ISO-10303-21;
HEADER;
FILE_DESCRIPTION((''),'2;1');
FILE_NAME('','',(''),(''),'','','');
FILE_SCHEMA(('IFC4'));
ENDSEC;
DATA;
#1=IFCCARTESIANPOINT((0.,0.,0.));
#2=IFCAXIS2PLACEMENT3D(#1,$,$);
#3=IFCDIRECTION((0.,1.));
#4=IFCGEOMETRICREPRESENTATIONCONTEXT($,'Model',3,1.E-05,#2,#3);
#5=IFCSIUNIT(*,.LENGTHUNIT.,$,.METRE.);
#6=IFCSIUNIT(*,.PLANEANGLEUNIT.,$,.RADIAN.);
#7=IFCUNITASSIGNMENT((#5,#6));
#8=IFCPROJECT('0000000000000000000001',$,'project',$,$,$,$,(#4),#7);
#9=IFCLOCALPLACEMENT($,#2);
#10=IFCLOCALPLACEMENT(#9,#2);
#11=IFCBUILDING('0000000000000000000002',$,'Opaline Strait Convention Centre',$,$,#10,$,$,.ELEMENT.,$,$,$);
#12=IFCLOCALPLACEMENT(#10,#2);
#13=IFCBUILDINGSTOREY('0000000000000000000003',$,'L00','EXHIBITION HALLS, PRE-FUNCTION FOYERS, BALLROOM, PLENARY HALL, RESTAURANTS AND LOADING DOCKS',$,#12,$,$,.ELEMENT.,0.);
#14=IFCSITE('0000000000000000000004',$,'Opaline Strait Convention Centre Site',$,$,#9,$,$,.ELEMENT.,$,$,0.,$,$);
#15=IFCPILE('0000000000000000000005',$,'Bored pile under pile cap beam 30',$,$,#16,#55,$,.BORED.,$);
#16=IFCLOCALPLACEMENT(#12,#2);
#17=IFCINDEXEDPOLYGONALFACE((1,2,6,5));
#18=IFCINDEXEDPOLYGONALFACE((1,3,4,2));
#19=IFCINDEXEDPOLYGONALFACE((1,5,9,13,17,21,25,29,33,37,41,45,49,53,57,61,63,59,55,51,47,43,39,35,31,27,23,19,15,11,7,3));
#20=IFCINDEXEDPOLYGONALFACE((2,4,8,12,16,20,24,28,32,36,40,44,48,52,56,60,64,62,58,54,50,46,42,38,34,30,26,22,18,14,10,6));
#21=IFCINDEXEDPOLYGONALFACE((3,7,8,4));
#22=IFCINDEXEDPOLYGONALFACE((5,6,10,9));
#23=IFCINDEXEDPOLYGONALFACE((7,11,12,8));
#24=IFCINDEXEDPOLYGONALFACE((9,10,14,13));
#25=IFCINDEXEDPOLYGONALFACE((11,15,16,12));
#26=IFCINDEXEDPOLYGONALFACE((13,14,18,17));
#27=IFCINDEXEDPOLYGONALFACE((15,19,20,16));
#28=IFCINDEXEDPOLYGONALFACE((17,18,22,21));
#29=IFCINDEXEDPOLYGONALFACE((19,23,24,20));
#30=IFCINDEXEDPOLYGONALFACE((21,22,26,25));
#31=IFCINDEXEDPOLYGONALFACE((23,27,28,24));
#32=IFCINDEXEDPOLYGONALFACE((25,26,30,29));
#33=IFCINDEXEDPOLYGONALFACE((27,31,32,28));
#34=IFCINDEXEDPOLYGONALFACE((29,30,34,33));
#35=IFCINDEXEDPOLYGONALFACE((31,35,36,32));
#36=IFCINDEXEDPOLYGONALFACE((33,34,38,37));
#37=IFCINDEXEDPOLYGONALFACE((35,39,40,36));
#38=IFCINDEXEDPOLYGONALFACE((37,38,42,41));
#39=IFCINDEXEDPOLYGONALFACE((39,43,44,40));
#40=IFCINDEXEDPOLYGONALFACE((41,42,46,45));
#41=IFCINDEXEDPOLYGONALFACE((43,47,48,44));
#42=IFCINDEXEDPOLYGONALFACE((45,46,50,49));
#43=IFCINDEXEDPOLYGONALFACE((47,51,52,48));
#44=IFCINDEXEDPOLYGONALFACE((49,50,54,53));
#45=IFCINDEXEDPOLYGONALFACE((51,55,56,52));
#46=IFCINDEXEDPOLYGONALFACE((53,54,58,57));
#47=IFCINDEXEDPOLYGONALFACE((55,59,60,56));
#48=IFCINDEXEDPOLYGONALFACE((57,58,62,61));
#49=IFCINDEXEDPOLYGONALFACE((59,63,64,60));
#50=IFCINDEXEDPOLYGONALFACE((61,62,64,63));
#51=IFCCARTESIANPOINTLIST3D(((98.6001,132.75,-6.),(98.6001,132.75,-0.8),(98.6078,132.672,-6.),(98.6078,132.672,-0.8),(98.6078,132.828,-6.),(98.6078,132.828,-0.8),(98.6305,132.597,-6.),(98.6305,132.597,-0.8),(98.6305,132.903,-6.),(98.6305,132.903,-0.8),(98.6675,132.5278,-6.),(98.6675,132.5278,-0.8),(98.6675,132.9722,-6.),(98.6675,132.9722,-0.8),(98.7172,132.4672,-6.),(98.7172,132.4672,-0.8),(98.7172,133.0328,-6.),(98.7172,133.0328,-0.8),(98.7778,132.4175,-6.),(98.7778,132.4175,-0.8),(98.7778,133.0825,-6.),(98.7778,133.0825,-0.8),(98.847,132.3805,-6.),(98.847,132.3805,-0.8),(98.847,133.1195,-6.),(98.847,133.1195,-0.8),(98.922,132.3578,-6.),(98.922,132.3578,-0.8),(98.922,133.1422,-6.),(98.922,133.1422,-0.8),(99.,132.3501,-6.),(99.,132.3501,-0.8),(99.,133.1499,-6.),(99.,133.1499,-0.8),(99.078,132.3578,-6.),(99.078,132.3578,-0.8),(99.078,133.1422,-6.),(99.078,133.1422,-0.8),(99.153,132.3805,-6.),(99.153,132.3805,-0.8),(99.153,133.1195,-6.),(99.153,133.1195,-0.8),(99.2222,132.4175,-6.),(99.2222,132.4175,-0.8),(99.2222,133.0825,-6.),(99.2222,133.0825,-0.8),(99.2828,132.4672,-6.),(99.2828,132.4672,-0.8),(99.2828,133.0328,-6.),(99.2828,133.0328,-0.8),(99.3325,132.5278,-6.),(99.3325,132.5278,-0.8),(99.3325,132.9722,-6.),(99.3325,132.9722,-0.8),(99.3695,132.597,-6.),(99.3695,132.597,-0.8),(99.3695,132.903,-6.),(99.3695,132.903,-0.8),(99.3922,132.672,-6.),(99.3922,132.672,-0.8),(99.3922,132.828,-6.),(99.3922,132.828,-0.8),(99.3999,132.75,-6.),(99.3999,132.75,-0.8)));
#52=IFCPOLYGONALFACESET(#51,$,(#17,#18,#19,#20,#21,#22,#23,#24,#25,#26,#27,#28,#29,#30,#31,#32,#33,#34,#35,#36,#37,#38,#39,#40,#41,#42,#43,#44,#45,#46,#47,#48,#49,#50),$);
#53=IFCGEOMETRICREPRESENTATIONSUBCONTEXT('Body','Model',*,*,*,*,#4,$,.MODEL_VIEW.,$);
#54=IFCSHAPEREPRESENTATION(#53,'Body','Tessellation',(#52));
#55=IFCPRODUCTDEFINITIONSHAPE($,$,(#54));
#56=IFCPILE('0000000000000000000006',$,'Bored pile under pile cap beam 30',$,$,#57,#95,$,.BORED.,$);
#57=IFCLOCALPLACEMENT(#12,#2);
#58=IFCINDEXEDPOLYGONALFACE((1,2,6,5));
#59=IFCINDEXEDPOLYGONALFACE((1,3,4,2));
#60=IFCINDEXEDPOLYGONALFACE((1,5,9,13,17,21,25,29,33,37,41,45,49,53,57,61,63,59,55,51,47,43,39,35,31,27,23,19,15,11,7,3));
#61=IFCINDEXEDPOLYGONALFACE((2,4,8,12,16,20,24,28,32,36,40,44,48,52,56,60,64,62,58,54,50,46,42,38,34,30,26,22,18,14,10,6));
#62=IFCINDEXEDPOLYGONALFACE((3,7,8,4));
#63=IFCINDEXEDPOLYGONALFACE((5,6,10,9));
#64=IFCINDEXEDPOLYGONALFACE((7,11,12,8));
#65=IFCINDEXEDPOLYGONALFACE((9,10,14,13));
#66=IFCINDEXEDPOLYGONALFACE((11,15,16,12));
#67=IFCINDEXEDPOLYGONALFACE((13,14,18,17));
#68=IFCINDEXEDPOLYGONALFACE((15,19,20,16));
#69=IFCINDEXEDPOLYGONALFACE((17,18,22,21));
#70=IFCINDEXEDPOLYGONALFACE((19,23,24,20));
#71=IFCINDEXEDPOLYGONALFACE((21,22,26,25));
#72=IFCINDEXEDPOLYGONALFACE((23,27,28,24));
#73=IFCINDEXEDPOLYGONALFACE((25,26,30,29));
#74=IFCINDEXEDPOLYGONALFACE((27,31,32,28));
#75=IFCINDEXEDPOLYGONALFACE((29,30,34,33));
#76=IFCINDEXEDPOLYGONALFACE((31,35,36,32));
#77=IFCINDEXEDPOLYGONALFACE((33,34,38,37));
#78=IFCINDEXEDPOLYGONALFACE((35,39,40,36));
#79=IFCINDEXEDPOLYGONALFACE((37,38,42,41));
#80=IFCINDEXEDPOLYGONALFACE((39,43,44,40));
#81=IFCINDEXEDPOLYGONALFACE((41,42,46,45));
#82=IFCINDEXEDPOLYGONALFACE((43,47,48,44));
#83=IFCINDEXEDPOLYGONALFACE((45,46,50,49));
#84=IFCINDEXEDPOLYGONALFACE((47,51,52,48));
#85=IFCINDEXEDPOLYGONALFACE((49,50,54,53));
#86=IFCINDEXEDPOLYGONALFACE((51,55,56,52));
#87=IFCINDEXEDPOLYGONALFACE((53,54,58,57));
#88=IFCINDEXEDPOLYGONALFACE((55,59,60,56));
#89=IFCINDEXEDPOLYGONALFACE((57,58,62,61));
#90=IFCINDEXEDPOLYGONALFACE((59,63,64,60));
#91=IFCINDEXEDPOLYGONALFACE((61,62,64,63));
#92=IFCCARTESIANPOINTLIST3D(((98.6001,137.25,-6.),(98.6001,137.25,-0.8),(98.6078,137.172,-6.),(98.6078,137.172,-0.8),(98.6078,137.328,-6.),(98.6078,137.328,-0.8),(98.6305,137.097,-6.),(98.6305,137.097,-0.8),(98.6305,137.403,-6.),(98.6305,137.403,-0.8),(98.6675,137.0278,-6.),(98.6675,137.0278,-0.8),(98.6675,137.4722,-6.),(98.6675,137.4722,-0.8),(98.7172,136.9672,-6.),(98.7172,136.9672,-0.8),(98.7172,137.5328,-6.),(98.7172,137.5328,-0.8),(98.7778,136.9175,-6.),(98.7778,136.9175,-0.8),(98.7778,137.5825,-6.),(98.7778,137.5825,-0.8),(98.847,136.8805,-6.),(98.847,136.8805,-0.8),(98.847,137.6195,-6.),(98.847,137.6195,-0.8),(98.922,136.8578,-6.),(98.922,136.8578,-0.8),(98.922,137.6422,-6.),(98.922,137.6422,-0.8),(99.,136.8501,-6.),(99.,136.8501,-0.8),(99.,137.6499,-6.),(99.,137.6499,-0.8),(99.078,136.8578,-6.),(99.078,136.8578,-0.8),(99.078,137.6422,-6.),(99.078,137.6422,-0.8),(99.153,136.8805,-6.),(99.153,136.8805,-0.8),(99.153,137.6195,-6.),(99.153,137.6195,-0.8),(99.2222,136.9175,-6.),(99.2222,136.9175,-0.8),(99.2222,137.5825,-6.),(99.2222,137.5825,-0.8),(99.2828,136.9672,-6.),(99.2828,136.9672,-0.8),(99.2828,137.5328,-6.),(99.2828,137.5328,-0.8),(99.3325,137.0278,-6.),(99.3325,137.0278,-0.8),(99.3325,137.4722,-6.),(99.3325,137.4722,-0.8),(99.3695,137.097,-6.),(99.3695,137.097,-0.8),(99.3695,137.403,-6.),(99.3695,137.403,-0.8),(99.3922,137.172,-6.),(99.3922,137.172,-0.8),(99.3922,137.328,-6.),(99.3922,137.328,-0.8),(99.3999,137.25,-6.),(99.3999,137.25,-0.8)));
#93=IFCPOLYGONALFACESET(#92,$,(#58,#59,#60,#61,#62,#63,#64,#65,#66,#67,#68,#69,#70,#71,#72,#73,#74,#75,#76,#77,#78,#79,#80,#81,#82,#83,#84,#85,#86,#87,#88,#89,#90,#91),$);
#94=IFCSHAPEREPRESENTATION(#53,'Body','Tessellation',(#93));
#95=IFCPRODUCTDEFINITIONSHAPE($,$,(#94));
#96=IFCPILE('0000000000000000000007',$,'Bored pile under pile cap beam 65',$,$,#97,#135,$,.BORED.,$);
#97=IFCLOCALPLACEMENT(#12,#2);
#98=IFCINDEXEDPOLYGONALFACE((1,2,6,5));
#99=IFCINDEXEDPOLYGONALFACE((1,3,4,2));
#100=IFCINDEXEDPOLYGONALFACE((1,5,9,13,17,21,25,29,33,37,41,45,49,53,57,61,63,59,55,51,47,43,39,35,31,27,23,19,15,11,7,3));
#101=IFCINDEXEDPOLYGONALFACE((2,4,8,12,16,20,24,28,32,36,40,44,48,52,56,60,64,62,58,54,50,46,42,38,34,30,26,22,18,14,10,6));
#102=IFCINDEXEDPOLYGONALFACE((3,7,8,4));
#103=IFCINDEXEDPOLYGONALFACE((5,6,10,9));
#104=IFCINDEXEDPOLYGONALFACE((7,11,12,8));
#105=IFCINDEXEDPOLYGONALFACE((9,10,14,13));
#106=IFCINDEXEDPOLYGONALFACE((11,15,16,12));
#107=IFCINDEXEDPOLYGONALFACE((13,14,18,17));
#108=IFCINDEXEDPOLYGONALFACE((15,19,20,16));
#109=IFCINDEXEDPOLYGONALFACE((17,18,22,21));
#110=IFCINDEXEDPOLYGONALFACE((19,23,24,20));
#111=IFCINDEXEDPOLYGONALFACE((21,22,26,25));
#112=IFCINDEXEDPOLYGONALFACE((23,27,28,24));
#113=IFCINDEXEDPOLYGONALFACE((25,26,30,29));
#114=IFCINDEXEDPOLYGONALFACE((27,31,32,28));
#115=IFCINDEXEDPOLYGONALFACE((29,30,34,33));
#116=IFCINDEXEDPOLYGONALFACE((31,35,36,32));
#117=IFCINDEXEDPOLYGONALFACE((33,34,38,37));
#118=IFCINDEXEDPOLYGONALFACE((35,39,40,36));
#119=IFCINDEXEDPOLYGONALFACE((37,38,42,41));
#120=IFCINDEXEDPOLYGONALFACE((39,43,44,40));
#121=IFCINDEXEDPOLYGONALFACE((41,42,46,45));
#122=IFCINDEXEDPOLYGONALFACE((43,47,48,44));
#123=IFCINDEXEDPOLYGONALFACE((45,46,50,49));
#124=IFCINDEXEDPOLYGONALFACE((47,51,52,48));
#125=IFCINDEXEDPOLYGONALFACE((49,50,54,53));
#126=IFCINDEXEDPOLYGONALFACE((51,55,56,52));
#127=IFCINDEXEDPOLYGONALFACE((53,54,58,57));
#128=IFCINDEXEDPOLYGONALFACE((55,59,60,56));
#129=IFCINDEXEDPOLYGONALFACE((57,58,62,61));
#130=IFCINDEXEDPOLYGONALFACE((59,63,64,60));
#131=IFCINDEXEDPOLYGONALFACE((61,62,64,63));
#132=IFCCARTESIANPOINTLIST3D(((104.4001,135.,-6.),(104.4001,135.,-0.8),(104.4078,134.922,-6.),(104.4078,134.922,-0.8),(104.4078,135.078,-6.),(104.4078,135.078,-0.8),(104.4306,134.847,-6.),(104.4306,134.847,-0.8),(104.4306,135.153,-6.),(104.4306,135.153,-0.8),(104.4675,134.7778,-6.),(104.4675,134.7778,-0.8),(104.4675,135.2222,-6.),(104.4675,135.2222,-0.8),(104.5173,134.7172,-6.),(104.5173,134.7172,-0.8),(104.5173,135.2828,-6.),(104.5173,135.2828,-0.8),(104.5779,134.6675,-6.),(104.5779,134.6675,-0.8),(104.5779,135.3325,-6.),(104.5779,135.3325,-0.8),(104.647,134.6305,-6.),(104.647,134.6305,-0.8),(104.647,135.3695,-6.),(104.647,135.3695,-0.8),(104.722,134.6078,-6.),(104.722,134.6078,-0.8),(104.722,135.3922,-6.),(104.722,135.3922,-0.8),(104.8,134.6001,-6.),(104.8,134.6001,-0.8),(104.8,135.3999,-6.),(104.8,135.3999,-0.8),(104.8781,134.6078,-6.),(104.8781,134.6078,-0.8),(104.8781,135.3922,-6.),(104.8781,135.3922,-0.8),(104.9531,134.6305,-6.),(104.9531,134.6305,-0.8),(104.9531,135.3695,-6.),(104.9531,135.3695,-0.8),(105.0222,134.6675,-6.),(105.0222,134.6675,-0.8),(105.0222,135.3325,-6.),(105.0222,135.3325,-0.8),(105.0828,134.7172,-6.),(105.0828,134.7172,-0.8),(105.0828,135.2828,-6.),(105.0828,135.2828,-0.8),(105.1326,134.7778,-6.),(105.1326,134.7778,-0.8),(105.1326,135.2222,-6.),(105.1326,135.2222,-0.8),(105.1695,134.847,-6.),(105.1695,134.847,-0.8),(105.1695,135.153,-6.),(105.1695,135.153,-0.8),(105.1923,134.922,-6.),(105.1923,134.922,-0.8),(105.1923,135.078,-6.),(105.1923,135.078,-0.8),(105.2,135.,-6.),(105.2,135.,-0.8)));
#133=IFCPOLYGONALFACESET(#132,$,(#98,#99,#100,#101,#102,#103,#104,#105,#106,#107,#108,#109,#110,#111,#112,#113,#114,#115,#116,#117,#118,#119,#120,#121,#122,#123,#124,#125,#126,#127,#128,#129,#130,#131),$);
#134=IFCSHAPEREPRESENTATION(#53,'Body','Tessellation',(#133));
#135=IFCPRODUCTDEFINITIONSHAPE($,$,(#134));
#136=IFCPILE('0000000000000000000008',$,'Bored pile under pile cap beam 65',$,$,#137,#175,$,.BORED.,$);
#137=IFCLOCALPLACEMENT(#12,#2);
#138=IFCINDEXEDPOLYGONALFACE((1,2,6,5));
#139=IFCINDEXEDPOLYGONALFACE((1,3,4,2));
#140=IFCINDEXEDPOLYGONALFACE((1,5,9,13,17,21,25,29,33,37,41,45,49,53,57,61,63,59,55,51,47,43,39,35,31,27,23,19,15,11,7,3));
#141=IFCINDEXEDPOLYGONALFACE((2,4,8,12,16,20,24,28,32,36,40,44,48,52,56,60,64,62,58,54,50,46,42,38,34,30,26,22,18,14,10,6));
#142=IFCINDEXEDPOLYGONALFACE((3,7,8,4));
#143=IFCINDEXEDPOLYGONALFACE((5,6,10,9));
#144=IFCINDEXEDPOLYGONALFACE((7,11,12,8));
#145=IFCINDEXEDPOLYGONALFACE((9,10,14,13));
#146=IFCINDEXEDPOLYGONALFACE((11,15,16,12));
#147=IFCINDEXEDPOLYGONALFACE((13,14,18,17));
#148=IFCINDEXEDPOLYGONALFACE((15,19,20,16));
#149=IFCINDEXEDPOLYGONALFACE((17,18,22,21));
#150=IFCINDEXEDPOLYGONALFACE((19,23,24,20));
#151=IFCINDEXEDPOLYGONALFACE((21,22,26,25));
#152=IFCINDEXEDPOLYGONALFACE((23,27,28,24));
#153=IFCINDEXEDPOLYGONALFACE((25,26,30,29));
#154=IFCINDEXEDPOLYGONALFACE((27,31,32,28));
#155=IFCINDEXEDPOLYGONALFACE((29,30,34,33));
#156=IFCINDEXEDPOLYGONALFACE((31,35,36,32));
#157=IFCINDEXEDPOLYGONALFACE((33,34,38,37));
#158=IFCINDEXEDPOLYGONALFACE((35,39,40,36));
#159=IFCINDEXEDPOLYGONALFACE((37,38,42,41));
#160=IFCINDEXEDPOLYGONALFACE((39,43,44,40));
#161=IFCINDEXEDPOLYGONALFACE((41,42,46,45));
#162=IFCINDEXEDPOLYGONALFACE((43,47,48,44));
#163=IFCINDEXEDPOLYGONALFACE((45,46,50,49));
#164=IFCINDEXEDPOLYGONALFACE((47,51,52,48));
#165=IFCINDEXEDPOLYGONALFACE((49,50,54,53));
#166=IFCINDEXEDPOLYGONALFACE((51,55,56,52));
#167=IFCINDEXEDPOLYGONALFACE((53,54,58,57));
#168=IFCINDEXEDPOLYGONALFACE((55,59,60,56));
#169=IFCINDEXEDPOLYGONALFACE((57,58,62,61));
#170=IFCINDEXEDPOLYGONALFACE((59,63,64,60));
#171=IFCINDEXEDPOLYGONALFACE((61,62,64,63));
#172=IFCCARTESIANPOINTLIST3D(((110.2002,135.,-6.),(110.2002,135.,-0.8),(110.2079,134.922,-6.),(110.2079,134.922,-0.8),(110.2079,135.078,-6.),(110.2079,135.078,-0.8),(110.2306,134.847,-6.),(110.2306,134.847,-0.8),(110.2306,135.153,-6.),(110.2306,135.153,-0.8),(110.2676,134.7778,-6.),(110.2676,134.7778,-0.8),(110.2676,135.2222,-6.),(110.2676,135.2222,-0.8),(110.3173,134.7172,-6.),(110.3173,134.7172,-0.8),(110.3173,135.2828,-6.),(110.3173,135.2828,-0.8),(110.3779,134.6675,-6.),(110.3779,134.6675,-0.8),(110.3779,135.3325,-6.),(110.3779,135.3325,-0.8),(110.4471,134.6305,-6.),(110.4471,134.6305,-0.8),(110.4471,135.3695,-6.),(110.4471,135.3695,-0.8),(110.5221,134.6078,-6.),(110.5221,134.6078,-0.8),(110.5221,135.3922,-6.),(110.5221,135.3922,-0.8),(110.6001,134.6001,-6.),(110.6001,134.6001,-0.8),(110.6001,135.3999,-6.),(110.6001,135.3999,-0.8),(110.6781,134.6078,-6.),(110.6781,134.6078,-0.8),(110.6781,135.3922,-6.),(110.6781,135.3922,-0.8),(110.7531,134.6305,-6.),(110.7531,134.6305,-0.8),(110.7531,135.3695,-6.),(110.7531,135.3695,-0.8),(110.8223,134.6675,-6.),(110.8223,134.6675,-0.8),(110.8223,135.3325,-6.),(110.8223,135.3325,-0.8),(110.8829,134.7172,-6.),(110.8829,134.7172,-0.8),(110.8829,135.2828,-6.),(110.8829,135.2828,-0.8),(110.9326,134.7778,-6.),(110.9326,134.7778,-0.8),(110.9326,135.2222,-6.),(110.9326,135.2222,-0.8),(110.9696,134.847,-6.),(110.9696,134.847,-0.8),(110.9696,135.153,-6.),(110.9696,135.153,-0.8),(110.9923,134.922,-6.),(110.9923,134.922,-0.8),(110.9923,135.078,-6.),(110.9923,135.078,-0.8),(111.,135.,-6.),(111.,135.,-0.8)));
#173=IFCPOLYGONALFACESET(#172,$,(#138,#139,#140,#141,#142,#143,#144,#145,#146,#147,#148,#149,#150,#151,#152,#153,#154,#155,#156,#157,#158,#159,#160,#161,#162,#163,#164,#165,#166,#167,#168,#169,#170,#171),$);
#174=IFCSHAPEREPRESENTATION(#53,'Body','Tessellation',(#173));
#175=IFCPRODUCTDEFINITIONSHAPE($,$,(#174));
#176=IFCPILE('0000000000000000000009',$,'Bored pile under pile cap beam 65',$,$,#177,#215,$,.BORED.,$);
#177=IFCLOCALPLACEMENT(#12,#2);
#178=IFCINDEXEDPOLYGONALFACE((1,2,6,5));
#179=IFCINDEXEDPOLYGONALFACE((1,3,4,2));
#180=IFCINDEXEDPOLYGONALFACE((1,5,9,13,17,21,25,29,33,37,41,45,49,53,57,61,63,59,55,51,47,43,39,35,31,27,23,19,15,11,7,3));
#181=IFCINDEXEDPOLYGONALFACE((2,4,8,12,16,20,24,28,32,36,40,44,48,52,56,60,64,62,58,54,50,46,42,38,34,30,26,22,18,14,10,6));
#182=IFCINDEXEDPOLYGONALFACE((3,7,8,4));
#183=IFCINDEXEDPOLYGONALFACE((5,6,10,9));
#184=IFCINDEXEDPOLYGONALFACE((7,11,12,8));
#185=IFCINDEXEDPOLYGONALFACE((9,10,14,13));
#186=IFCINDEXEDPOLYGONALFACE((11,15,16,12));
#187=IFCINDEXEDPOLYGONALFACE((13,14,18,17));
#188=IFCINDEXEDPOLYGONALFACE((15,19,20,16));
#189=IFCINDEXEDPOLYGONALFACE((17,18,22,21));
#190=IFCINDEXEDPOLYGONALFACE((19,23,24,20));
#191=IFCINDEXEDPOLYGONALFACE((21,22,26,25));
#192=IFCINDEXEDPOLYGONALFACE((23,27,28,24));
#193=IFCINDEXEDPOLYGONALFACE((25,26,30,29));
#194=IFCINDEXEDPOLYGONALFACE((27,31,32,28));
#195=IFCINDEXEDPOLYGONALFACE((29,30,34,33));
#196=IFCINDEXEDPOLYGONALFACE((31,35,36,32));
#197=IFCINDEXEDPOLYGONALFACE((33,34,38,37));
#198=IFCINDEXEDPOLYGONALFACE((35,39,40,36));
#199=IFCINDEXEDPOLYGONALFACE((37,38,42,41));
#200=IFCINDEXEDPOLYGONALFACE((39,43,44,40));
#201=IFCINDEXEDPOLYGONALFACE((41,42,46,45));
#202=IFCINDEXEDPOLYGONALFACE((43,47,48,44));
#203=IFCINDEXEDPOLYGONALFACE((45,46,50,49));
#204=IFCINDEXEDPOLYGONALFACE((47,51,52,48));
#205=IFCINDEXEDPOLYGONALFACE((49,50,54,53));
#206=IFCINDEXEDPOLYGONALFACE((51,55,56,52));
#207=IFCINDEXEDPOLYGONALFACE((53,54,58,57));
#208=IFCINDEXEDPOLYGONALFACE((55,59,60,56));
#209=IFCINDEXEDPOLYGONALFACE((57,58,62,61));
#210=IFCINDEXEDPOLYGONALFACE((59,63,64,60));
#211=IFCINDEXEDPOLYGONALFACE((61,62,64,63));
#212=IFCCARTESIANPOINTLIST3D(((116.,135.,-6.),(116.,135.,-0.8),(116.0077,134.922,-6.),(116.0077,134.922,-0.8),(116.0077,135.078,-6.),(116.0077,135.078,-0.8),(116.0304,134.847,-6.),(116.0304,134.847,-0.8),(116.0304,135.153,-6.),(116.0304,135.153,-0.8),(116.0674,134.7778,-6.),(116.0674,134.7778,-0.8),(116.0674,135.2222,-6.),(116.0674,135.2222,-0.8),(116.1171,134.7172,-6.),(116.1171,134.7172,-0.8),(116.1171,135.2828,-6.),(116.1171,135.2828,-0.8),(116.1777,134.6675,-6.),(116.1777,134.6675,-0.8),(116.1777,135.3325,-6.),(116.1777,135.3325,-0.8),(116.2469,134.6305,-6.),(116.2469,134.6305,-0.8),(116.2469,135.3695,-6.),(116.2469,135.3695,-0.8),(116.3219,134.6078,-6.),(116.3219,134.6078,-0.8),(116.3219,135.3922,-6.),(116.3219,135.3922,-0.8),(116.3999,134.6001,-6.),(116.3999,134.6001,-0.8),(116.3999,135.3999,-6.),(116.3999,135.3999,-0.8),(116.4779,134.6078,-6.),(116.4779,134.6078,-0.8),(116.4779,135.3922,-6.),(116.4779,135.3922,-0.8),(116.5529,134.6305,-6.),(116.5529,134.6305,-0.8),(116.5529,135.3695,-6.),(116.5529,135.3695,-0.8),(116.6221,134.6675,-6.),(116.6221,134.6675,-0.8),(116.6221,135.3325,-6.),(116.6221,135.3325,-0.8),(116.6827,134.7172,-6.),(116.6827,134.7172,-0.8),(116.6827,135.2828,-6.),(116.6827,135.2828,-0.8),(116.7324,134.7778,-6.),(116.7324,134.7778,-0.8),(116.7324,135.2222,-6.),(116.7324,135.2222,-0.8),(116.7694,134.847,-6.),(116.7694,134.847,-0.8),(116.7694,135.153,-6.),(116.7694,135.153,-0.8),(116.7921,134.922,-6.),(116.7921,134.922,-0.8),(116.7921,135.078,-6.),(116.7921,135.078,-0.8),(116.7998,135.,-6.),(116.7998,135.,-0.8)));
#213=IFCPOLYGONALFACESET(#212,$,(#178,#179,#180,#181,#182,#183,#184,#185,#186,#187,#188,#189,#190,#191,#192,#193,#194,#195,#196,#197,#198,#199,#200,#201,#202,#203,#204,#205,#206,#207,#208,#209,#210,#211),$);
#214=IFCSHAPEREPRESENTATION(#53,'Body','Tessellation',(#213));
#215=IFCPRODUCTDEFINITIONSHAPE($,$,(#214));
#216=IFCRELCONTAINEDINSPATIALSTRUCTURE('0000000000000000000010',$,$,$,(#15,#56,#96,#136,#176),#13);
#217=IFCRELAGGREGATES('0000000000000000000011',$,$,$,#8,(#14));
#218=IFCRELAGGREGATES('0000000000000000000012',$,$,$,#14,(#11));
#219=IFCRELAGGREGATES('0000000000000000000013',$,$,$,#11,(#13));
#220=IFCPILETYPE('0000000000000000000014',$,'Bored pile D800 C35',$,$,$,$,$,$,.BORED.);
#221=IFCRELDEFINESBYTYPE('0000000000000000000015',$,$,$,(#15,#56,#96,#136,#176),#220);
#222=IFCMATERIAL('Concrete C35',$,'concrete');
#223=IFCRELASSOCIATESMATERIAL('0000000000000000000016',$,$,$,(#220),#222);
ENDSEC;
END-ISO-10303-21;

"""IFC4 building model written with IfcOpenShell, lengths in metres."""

from ifc_helpers import new_model, si_unit, direction, frame, origin, origin_2d, place, context, subcontext, project, spatial, circle, extrude, material, material_profile, profile_set, type_object, element, save


model = new_model("IFC4")

# Units and contexts
model_context = context("Model", 3, precision=1e-05, world=origin(), true_north=direction((0.0, 1.0)))
body_context = subcontext(model_context, "Body", "Model", "MODEL_VIEW")
ifc_project = project(units=[si_unit("LENGTHUNIT", "METRE"), si_unit("PLANEANGLEUNIT", "RADIAN")], contexts=[model_context])

# Site, building, storey
site_placement = place(None, origin())
site = spatial("IfcSite", under=ifc_project, at=site_placement, Name="Opaline Strait Convention Centre Site", CompositionType="ELEMENT", RefElevation=0.0)
building_placement = place(site_placement, origin())
building = spatial("IfcBuilding", under=site, at=building_placement, Name="Opaline Strait Convention Centre", CompositionType="ELEMENT")
storey_placement = place(building_placement, origin())
storey = spatial("IfcBuildingStorey", under=building, at=storey_placement, Name="L00", Description="EXHIBITION HALLS, PRE-FUNCTION FOYERS, BALLROOM, PLENARY HALL, RESTAURANTS AND LOADING DOCKS", CompositionType="ELEMENT", Elevation=0.0)

# Piles
ifc_material_1 = material(Name="Concrete C35", Category="concrete")
ifc_material_profile_1 = material_profile(ifc_material_1, circle(Radius=0.3999, at=origin_2d()), Name="D800")
ifc_profile_set_1 = profile_set([ifc_material_profile_1], Name="Concrete C35")
pile_type_1 = type_object("IfcPileType", Name="Bored pile D800 C35", PredefinedType="BORED", material=ifc_profile_set_1)
for number, where, z_axis, x_axis, name in (
    (1, (99.0, 132.75, -0.8), (0.0, 0.0, -1.0), (1.0, 0.0, 0.0), "Bored pile under pile cap beam 30"),
    (2, (99.0, 137.25, -0.8), (0.0, 0.0, -1.0), (1.0, 0.0, 0.0), "Bored pile under pile cap beam 30"),
    (3, (104.8, 135.0, -0.8), (0.0, 0.0, -1.0), (1.0, 0.0, 0.0), "Bored pile under pile cap beam 65"),
    (4, (110.6001, 135.0, -0.8), (0.0, 0.0, -1.0), (1.0, 0.0, 0.0), "Bored pile under pile cap beam 65"),
    (5, (116.3999, 135.0, -0.8), (0.0, 0.0, -1.0), (1.0, 0.0, 0.0), "Bored pile under pile cap beam 65"),
):
    element("IfcPile", number, at=place(storey_placement, frame(where, z_axis=z_axis, x_axis=x_axis)), inside=storey, type_object=pile_type_1, Name=name, PredefinedType="BORED", context=body_context, shape_type="SweptSolid", body=[
        extrude(circle(Radius=0.3999, at=origin_2d()), origin(), (0.0, 0.0, 1.0), 5.2),
    ])

save(model, "model.ifc")
